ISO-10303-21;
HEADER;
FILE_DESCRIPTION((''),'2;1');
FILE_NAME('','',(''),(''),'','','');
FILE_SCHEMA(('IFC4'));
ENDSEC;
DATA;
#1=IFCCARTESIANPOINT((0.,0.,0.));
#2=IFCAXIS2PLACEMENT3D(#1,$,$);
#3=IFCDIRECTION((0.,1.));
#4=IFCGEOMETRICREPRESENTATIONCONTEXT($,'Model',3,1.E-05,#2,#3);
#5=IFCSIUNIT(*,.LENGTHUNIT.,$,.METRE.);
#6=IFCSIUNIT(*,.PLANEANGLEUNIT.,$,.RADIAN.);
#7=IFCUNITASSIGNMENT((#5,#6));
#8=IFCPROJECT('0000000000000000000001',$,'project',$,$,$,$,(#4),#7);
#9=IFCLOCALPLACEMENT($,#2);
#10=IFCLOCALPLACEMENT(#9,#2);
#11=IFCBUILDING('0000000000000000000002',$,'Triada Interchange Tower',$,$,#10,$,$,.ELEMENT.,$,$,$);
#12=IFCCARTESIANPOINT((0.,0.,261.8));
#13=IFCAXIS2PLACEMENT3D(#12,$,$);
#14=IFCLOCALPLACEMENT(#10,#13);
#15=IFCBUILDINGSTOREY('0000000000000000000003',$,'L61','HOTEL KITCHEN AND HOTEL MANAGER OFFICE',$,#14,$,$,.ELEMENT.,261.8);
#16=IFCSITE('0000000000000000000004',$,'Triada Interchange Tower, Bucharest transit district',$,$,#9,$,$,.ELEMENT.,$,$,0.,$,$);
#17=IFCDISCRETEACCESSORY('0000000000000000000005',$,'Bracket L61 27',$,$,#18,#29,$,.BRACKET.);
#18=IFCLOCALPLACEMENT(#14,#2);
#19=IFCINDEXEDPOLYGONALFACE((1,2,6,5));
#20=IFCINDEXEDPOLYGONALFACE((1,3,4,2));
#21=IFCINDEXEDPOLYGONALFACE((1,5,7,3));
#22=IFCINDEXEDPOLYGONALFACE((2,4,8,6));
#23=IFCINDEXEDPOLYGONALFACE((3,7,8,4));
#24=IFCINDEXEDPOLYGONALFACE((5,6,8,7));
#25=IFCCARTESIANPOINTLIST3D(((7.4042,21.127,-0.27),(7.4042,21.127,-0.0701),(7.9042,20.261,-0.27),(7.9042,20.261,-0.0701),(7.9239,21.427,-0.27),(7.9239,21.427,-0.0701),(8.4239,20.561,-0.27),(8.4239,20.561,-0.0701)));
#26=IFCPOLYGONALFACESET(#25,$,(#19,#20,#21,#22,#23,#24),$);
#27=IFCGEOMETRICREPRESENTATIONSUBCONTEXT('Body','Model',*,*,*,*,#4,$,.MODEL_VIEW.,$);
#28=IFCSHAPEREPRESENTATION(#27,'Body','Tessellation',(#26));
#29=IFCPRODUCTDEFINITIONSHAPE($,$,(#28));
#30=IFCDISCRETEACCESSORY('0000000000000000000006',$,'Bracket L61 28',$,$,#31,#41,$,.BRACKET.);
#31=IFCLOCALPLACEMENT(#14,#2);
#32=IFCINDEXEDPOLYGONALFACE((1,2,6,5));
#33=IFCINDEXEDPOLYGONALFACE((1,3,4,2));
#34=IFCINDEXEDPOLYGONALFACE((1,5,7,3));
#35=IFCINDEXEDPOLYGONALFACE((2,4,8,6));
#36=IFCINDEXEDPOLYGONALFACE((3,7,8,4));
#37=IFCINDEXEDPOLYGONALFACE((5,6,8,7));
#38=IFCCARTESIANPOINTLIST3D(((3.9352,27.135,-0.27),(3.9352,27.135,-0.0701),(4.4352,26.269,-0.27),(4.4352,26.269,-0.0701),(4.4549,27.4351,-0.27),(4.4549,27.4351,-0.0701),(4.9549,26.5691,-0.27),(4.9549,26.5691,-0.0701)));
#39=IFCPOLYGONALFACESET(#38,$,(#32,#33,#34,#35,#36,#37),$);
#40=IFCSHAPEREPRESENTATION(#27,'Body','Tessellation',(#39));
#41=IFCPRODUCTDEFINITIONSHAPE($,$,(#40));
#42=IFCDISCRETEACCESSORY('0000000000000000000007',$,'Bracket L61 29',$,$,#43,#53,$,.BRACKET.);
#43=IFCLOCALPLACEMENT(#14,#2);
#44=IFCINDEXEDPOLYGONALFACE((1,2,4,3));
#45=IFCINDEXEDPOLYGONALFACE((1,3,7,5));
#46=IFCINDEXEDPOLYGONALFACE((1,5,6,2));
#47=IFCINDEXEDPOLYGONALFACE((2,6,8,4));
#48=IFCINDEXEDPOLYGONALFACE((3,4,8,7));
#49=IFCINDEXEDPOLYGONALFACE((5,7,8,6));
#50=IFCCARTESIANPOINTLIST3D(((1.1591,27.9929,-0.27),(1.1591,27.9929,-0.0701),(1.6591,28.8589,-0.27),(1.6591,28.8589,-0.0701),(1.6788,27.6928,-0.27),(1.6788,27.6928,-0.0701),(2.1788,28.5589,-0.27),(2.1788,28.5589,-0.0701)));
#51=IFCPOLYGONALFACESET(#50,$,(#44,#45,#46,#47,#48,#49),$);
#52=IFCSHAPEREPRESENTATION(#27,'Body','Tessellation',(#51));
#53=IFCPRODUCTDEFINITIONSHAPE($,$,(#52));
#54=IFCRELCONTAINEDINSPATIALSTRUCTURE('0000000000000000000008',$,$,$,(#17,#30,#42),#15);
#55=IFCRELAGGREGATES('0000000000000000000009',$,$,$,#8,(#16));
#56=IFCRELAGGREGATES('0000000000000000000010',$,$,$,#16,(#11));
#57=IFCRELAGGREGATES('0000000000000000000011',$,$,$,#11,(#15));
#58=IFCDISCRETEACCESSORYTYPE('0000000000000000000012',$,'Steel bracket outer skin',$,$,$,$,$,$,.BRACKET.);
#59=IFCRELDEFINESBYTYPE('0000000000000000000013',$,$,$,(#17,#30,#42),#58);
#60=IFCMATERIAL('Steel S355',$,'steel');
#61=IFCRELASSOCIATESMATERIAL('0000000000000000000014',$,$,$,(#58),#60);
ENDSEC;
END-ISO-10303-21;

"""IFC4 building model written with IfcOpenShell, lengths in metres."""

from ifc_helpers import new_model, si_unit, direction, frame, origin, origin_2d, place, context, subcontext, project, spatial, rectangle, extrude, material, type_object, element, save


model = new_model("IFC4")

# Units and contexts
model_context = context("Model", 3, precision=1e-05, world=origin(), true_north=direction((0.0, 1.0)))
body_context = subcontext(model_context, "Body", "Model", "MODEL_VIEW")
ifc_project = project(units=[si_unit("LENGTHUNIT", "METRE"), si_unit("PLANEANGLEUNIT", "RADIAN")], contexts=[model_context])

# Site, building, storey
site_placement = place(None, origin())
site = spatial("IfcSite", under=ifc_project, at=site_placement, Name="Triada Interchange Tower, Bucharest transit district", CompositionType="ELEMENT", RefElevation=0.0)
building_placement = place(site_placement, origin())
building = spatial("IfcBuilding", under=site, at=building_placement, Name="Triada Interchange Tower", CompositionType="ELEMENT")
storey_placement = place(building_placement, frame((0.0, 0.0, 261.8)))
storey = spatial("IfcBuildingStorey", under=building, at=storey_placement, Name="L61", Description="HOTEL KITCHEN AND HOTEL MANAGER OFFICE", CompositionType="ELEMENT", Elevation=261.8)

# Discrete accessories
ifc_material_1 = material(Name="Steel S355", Category="steel")
discrete_accessory_type = type_object("IfcDiscreteAccessoryType", Name="Steel bracket outer skin", PredefinedType="BRACKET", material=ifc_material_1)
for number, where, z_axis, x_axis, name in (
    (1, (7.9141, 20.844, -0.27), (0.0, 0.0, 1.0), (0.866018, 0.500013, 0.0), "Bracket L61 27"),
    (2, (4.4451, 26.8521, -0.27), (0.0, 0.0, 1.0), (0.866018, 0.500013, 0.0), "Bracket L61 28"),
    (3, (1.6689, 28.2759, -0.27), (0.0, 0.0, 1.0), (-0.866025, 0.500001, 0.0), "Bracket L61 29"),
):
    element("IfcDiscreteAccessory", number, at=place(storey_placement, frame(where, z_axis=z_axis, x_axis=x_axis)), inside=storey, type_object=discrete_accessory_type, Name=name, PredefinedType="BRACKET", context=body_context, shape_type="SweptSolid", body=[
        extrude(rectangle(XDim=0.6001, YDim=1.0, at=origin_2d()), origin(), (0.0, 0.0, 1.0), 0.2),
    ])

save(model, "model.ifc")
